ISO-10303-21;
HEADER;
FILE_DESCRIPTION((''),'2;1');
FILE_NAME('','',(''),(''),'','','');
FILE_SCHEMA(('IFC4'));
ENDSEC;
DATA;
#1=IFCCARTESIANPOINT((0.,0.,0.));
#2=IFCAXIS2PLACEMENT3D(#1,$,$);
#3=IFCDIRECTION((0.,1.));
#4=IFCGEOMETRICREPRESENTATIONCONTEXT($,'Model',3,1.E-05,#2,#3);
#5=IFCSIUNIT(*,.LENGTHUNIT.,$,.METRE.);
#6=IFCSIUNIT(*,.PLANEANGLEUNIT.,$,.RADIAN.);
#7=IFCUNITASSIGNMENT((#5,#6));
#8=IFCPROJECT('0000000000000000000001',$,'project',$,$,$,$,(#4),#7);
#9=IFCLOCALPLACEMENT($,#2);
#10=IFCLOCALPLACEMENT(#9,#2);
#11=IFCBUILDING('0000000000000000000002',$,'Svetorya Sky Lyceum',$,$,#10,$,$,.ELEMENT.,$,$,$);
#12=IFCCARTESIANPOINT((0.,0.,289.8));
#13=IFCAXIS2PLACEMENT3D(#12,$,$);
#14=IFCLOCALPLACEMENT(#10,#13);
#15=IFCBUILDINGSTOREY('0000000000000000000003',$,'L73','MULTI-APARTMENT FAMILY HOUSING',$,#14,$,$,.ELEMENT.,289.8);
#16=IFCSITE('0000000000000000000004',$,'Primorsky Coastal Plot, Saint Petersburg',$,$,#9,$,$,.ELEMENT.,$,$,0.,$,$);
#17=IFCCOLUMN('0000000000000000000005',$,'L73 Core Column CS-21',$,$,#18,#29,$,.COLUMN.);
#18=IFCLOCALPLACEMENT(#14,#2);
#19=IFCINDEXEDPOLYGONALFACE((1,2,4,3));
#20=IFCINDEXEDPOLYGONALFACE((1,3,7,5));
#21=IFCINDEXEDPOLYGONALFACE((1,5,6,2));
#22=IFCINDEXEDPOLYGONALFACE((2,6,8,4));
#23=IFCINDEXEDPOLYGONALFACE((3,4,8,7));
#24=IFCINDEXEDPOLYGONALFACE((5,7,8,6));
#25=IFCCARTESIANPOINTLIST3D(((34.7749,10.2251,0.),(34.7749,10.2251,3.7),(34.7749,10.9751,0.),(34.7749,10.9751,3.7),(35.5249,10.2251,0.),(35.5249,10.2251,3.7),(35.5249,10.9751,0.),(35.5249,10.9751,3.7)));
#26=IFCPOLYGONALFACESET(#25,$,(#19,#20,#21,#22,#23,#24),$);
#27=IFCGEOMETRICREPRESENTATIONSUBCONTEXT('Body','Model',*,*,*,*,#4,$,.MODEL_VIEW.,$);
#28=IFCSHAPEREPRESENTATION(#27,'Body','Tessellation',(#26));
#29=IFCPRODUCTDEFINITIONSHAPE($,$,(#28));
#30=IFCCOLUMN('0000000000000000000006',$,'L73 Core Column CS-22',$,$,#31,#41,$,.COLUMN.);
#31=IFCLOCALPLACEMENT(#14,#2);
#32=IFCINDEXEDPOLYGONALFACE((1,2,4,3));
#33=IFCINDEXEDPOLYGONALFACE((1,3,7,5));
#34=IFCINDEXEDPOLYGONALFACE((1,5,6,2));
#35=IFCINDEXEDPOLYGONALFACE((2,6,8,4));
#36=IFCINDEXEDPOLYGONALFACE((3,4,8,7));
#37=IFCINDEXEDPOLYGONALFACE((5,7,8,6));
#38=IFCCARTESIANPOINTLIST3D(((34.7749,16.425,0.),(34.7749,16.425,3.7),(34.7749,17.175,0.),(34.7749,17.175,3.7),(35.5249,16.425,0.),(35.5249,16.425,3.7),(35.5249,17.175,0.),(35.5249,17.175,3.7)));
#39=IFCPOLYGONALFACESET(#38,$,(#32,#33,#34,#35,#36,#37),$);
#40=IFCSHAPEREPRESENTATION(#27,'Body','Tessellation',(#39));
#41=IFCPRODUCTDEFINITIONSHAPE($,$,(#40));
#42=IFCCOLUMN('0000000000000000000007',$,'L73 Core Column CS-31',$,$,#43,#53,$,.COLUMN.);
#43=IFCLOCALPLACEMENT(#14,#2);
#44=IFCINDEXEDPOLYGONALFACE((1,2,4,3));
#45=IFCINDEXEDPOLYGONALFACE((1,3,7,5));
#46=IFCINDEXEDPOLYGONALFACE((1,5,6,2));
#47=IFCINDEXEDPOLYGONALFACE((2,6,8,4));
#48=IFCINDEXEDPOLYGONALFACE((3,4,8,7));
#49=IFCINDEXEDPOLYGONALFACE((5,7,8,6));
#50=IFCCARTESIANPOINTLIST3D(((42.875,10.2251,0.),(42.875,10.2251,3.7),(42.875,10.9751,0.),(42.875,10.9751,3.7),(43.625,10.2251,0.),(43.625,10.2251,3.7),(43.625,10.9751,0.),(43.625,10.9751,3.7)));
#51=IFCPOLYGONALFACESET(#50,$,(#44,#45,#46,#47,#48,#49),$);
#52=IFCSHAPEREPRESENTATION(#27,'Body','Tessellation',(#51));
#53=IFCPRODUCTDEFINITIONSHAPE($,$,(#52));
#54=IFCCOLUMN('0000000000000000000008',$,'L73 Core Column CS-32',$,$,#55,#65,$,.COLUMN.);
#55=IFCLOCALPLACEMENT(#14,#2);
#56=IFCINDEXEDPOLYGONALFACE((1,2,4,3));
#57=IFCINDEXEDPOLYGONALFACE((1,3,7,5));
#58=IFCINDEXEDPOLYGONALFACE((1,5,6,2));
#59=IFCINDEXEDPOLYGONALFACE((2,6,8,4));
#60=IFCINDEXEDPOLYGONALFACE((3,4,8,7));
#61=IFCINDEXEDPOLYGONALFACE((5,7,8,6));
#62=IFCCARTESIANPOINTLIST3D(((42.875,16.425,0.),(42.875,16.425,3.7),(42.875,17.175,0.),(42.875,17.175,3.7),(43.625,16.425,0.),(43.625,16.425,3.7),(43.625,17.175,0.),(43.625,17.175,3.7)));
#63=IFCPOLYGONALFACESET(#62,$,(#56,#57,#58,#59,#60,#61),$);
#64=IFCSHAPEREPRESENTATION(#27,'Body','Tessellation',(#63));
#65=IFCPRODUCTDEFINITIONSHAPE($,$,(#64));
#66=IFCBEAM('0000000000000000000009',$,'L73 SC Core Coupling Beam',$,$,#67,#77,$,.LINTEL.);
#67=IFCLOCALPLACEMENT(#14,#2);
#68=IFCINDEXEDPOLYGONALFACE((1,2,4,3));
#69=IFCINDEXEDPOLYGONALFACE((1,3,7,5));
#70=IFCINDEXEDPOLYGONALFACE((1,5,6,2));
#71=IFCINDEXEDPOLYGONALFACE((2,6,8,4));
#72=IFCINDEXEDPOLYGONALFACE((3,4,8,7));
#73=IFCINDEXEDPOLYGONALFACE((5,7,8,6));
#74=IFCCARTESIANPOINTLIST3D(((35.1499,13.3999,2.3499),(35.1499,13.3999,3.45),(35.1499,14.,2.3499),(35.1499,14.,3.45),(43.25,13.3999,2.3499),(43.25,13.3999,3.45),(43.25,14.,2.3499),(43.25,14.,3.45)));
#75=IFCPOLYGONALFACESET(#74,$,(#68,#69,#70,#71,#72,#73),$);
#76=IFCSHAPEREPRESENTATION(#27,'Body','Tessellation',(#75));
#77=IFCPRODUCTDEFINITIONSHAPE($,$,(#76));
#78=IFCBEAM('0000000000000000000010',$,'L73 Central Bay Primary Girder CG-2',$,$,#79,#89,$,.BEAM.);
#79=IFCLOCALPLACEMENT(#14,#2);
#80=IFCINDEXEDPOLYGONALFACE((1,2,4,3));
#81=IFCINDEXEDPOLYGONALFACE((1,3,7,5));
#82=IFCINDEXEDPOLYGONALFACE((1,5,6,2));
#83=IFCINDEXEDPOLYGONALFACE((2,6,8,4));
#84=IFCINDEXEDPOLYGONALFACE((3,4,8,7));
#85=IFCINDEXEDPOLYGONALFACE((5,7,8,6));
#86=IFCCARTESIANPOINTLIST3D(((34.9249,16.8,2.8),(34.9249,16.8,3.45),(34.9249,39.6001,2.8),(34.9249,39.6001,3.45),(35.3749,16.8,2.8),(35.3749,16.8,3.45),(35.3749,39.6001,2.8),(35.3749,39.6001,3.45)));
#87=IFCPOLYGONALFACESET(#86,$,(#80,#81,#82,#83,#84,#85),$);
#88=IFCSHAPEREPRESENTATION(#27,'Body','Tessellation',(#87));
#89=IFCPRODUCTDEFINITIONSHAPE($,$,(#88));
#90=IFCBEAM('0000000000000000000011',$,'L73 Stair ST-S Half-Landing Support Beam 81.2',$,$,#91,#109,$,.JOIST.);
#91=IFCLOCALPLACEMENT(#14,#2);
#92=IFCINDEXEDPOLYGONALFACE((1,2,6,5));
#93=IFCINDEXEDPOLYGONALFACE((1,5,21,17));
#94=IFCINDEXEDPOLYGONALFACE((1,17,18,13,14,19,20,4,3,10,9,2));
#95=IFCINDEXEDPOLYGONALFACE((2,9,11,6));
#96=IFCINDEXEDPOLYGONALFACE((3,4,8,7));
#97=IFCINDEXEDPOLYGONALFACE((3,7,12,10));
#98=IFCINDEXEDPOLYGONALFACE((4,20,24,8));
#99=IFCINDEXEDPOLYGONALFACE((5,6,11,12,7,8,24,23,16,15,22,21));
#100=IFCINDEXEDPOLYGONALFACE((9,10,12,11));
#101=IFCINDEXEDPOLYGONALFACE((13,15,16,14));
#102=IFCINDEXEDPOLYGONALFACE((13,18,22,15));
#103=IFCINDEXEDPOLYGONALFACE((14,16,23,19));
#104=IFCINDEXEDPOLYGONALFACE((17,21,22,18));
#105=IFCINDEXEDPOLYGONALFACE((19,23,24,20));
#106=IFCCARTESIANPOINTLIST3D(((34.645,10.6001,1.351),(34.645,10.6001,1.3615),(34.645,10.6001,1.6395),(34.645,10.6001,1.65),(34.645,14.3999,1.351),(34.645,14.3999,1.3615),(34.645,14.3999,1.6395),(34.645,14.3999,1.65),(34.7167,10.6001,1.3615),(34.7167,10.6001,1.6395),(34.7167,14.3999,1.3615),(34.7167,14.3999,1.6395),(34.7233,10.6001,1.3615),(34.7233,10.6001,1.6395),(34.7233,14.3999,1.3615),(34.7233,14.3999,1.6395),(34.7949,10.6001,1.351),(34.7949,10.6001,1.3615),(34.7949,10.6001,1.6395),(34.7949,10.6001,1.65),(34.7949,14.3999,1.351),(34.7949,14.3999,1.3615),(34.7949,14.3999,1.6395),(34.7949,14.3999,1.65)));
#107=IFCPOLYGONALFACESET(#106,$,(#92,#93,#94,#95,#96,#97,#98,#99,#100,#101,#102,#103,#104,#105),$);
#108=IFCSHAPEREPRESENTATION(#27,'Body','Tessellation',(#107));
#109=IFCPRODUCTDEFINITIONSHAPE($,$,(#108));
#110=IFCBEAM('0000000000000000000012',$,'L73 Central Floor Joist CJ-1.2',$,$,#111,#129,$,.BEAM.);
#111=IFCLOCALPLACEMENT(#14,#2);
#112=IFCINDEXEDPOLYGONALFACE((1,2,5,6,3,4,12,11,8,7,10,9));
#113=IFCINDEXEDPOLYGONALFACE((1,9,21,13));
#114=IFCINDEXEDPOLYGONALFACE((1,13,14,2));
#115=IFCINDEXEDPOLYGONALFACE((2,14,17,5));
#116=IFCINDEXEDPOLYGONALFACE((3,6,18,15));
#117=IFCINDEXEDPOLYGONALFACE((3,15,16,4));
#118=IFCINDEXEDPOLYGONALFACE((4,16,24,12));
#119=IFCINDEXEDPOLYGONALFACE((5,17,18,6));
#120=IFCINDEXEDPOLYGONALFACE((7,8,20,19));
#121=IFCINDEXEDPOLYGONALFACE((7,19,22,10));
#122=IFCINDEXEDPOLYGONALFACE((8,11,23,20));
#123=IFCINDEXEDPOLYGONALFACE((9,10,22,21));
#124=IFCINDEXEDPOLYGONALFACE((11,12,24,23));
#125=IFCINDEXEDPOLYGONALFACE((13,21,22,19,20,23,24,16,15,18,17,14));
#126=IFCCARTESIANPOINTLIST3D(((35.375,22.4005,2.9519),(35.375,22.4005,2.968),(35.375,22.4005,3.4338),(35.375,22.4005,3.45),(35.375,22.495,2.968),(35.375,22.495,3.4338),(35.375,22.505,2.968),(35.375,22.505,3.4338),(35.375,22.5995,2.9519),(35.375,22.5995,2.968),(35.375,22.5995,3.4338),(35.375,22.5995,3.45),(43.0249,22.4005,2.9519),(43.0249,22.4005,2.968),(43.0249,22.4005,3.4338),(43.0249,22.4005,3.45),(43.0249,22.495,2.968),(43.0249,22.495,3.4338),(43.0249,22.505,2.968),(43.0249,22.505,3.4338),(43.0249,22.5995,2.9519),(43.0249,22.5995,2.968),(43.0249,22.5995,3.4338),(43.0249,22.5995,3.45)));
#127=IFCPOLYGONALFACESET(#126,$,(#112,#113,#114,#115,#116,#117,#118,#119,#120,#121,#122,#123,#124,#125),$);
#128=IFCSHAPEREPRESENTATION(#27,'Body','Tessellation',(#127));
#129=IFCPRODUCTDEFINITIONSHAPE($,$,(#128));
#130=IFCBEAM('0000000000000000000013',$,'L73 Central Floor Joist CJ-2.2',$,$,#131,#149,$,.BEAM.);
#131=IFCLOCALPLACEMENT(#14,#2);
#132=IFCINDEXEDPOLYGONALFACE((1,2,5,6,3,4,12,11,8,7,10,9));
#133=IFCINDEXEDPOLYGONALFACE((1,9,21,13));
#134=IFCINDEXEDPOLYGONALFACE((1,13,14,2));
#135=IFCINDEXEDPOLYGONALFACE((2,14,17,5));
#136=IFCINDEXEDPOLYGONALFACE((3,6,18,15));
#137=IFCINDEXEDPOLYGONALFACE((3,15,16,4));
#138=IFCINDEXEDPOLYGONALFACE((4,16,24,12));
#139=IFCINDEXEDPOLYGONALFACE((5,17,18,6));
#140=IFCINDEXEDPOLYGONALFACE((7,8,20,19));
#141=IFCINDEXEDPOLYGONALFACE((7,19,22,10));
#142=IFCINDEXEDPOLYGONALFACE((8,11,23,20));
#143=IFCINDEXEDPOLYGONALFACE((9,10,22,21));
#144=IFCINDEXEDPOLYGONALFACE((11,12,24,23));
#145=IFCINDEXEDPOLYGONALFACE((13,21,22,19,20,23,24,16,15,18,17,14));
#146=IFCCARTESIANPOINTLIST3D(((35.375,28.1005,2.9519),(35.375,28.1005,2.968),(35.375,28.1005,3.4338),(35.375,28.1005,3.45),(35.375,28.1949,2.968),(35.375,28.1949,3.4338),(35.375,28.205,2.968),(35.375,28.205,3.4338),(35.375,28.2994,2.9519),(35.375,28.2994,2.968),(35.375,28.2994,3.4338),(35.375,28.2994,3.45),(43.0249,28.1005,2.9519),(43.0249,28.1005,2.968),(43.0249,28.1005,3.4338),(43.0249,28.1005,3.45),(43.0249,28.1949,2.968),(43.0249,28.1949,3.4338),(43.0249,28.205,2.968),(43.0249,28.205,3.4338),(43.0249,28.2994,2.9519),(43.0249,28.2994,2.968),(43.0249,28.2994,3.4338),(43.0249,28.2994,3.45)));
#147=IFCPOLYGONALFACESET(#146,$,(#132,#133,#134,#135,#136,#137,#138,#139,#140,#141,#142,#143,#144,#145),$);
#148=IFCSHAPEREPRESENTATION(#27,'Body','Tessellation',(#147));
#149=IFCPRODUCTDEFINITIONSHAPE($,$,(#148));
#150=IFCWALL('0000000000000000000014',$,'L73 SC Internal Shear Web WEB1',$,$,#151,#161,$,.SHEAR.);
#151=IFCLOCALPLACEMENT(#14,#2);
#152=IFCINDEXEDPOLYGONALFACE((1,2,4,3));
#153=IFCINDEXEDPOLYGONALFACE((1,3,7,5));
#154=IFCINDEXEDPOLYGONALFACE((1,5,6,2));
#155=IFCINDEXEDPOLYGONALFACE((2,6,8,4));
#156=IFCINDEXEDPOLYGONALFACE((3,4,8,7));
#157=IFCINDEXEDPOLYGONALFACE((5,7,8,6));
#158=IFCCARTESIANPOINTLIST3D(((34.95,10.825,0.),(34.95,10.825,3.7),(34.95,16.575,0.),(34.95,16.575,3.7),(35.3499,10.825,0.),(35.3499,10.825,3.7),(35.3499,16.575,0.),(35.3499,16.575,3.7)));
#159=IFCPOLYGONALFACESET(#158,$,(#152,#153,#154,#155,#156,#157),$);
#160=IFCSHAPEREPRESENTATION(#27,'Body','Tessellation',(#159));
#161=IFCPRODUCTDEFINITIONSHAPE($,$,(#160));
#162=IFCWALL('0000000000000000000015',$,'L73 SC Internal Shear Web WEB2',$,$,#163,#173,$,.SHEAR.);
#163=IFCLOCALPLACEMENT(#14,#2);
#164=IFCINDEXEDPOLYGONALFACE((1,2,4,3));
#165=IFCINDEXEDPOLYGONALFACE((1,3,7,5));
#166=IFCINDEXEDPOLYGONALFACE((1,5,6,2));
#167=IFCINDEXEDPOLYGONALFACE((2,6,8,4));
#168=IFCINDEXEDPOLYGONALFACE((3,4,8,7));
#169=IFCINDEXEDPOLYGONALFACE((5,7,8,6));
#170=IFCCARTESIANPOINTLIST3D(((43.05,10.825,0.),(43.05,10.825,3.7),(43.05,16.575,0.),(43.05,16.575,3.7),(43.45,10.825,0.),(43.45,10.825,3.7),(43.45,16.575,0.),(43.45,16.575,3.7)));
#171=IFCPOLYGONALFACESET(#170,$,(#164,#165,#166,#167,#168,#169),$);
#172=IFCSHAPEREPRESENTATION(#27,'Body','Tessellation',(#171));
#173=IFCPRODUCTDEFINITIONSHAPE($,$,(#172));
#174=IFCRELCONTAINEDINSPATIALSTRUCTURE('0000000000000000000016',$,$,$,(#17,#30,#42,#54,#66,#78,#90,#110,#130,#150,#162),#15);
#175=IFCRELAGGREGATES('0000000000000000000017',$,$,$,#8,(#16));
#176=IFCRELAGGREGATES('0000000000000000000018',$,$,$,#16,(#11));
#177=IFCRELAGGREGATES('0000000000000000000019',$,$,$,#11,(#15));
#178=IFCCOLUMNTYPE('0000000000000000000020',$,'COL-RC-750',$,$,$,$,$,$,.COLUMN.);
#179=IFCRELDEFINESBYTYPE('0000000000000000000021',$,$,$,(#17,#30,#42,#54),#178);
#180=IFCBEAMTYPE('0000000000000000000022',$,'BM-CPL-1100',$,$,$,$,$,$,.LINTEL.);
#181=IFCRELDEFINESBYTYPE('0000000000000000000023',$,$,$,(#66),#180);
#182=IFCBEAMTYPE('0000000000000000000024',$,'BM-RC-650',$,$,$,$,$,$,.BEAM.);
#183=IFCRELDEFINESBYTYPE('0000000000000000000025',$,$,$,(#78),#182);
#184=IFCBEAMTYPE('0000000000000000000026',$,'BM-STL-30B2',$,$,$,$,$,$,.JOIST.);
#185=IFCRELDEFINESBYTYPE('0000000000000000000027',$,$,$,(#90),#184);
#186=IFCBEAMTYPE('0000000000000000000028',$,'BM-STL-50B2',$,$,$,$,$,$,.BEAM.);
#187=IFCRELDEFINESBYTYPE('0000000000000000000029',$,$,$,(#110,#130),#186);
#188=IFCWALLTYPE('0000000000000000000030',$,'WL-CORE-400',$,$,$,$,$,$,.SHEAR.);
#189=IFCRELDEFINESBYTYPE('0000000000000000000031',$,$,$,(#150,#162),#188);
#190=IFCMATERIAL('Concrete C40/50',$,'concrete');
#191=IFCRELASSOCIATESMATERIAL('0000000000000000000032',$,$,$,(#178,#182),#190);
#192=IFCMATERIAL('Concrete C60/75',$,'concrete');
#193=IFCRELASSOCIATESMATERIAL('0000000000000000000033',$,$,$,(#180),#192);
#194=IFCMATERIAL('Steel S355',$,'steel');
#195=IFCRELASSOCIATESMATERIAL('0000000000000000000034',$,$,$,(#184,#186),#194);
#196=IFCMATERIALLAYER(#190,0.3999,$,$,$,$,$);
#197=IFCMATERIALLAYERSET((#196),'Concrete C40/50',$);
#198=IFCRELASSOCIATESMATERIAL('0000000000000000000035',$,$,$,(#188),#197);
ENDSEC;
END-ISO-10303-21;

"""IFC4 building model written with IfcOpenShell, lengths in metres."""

from ifc_helpers import new_model, si_unit, direction, frame, frame_2d, origin, origin_2d, place, context, subcontext, project, spatial, rectangle, i_section, extrude, material, layer, layer_set, material_profile, profile_set, type_object, element, save


model = new_model("IFC4")

# Units and contexts
model_context = context("Model", 3, precision=1e-05, world=origin(), true_north=direction((0.0, 1.0)))
body_context = subcontext(model_context, "Body", "Model", "MODEL_VIEW")
ifc_project = project(units=[si_unit("LENGTHUNIT", "METRE"), si_unit("PLANEANGLEUNIT", "RADIAN")], contexts=[model_context])

# Site, building, storey
site_placement = place(None, origin())
site = spatial("IfcSite", under=ifc_project, at=site_placement, Name="Primorsky Coastal Plot, Saint Petersburg", CompositionType="ELEMENT", RefElevation=0.0)
building_placement = place(site_placement, origin())
building = spatial("IfcBuilding", under=site, at=building_placement, Name="Svetorya Sky Lyceum", CompositionType="ELEMENT")
storey_placement = place(building_placement, frame((0.0, 0.0, 289.8)))
storey = spatial("IfcBuildingStorey", under=building, at=storey_placement, Name="L73", Description="MULTI-APARTMENT FAMILY HOUSING", CompositionType="ELEMENT", Elevation=289.8)

# Columns
ifc_material_1 = material(Name="Concrete C40/50", Category="concrete")
ifc_material_profile_1 = material_profile(ifc_material_1, rectangle(XDim=0.75, YDim=0.75, at=origin_2d()), Name="RC COL 750x750")
ifc_profile_set_1 = profile_set([ifc_material_profile_1], Name="Concrete C40/50")
column_type = type_object("IfcColumnType", Name="COL-RC-750", PredefinedType="COLUMN", material=ifc_profile_set_1)
for number, where, z_axis, x_axis, name in (
    (1, (35.1499, 10.6001, 0.0), (0.0, 0.0, 1.0), (1.0, 0.0, 0.0), "L73 Core Column CS-21"),
    (2, (35.1499, 16.8, 0.0), (0.0, 0.0, 1.0), (1.0, 0.0, 0.0), "L73 Core Column CS-22"),
    (3, (43.25, 10.6001, 0.0), (0.0, 0.0, 1.0), (1.0, 0.0, 0.0), "L73 Core Column CS-31"),
    (4, (43.25, 16.8, 0.0), (0.0, 0.0, 1.0), (1.0, 0.0, 0.0), "L73 Core Column CS-32"),
):
    element("IfcColumn", number, at=place(storey_placement, frame(where, z_axis=z_axis, x_axis=x_axis)), inside=storey, type_object=column_type, Name=name, PredefinedType="COLUMN", context=body_context, shape_type="SweptSolid", body=[
        extrude(rectangle(XDim=0.75, YDim=0.75, at=origin_2d()), origin(), (0.0, 0.0, 1.0), 3.7),
    ])

# Beams
ifc_material_2 = material(Name="Concrete C60/75", Category="concrete")
ifc_material_profile_2 = material_profile(ifc_material_2, rectangle(XDim=0.6001, YDim=1.1001, at=origin_2d()), Name="RC COUPLING 600x1100")
ifc_profile_set_2 = profile_set([ifc_material_profile_2], Name="Concrete C60/75")
beam_type_1 = type_object("IfcBeamType", Name="BM-CPL-1100", PredefinedType="LINTEL", material=ifc_profile_set_2)
beam_1_placement = place(storey_placement, frame((35.1499, 13.7, 2.8999), z_axis=(1.0, 0.0, 0.0), x_axis=(0.0, 1.0, 0.0)))
element("IfcBeam", 5, at=beam_1_placement, inside=storey, type_object=beam_type_1, Name="L73 SC Core Coupling Beam", PredefinedType="LINTEL", context=body_context, shape_type="SweptSolid", body=[
    extrude(rectangle(XDim=0.6001, YDim=1.1001, at=origin_2d()), origin(), (0.0, 0.0, 1.0), 8.1001),
])
ifc_material_profile_3 = material_profile(ifc_material_1, rectangle(XDim=0.45, YDim=0.6499, at=origin_2d()), Name="RC BEAM 450x650")
ifc_profile_set_3 = profile_set([ifc_material_profile_3], Name="Concrete C40/50")
beam_type_2 = type_object("IfcBeamType", Name="BM-RC-650", PredefinedType="BEAM", material=ifc_profile_set_3)
beam_2_placement = place(storey_placement, frame((35.1499, 16.8, 3.125), z_axis=(0.0, 1.0, 0.0), x_axis=(-1.0, 0.0, 0.0)))
element("IfcBeam", 6, at=beam_2_placement, inside=storey, type_object=beam_type_2, Name="L73 Central Bay Primary Girder CG-2", PredefinedType="BEAM", context=body_context, shape_type="SweptSolid", body=[
    extrude(rectangle(XDim=0.45, YDim=0.6499, at=origin_2d()), origin(), (0.0, 0.0, 1.0), 22.8),
])
ifc_material_3 = material(Name="Steel S355", Category="steel")
ifc_material_profile_4 = material_profile(ifc_material_3, i_section(OverallWidth=0.1499, OverallDepth=0.2991, WebThickness=0.0066, FlangeThickness=0.0105, at=origin_2d()), Name="GOST 30B2")
ifc_profile_set_4 = profile_set([ifc_material_profile_4], Name="Steel S355")
beam_type_3 = type_object("IfcBeamType", Name="BM-STL-30B2", PredefinedType="JOIST", material=ifc_profile_set_4)
beam_3_placement = place(storey_placement, frame((34.72, 10.6001, 1.5005), z_axis=(0.0, 1.0, 0.0), x_axis=(-1.0, 0.0, 0.0)))
element("IfcBeam", 7, at=beam_3_placement, inside=storey, type_object=beam_type_3, Name="L73 Stair ST-S Half-Landing Support Beam 81.2", PredefinedType="JOIST", context=body_context, shape_type="SweptSolid", body=[
    extrude(i_section(OverallWidth=0.1499, OverallDepth=0.2991, WebThickness=0.0066, FlangeThickness=0.0105, at=origin_2d()), origin(), (0.0, 0.0, 1.0), 3.7998),
])
ifc_material_profile_5 = material_profile(ifc_material_3, i_section(OverallWidth=0.199, OverallDepth=0.498, WebThickness=0.01, FlangeThickness=0.0161, at=origin_2d()), Name="GOST 50B2")
ifc_profile_set_5 = profile_set([ifc_material_profile_5], Name="Steel S355")
beam_type_4 = type_object("IfcBeamType", Name="BM-STL-50B2", PredefinedType="BEAM", material=ifc_profile_set_5)
for number, where, z_axis, x_axis, name in (
    (8, (35.375, 22.5, 3.2009), (1.0, 0.0, 0.0), (0.0, 1.0, 0.0), "L73 Central Floor Joist CJ-1.2"),
    (9, (35.375, 28.2, 3.2009), (1.0, 0.0, 0.0), (0.0, 1.0, 0.0), "L73 Central Floor Joist CJ-2.2"),
):
    element("IfcBeam", number, at=place(storey_placement, frame(where, z_axis=z_axis, x_axis=x_axis)), inside=storey, type_object=beam_type_4, Name=name, PredefinedType="BEAM", context=body_context, shape_type="SweptSolid", body=[
        extrude(i_section(OverallWidth=0.199, OverallDepth=0.498, WebThickness=0.01, FlangeThickness=0.0161, at=origin_2d()), origin(), (0.0, 0.0, 1.0), 7.6499),
    ])

# Walls
ifc_layer_1 = layer(ifc_material_1, 0.3999)
ifc_layer_set_1 = layer_set([ifc_layer_1], Name="Concrete C40/50")
wall_type_1 = type_object("IfcWallType", Name="WL-CORE-400", PredefinedType="SHEAR", material=ifc_layer_set_1)
for number, where, z_axis, x_axis, name in (
    (10, (35.1499, 10.825, 0.0), (0.0, 0.0, 1.0), (0.0, 1.0, 0.0), "L73 SC Internal Shear Web WEB1"),
    (11, (43.25, 10.825, 0.0), (0.0, 0.0, 1.0), (0.0, 1.0, 0.0), "L73 SC Internal Shear Web WEB2"),
):
    element("IfcWall", number, at=place(storey_placement, frame(where, z_axis=z_axis, x_axis=x_axis)), inside=storey, type_object=wall_type_1, Name=name, PredefinedType="SHEAR", context=body_context, shape_type="SweptSolid", body=[
        extrude(rectangle(XDim=5.75, YDim=0.3999, at=frame_2d((2.875, 0.0))), origin(), (0.0, 0.0, 1.0), 3.7),
    ])

save(model, "model.ifc")
